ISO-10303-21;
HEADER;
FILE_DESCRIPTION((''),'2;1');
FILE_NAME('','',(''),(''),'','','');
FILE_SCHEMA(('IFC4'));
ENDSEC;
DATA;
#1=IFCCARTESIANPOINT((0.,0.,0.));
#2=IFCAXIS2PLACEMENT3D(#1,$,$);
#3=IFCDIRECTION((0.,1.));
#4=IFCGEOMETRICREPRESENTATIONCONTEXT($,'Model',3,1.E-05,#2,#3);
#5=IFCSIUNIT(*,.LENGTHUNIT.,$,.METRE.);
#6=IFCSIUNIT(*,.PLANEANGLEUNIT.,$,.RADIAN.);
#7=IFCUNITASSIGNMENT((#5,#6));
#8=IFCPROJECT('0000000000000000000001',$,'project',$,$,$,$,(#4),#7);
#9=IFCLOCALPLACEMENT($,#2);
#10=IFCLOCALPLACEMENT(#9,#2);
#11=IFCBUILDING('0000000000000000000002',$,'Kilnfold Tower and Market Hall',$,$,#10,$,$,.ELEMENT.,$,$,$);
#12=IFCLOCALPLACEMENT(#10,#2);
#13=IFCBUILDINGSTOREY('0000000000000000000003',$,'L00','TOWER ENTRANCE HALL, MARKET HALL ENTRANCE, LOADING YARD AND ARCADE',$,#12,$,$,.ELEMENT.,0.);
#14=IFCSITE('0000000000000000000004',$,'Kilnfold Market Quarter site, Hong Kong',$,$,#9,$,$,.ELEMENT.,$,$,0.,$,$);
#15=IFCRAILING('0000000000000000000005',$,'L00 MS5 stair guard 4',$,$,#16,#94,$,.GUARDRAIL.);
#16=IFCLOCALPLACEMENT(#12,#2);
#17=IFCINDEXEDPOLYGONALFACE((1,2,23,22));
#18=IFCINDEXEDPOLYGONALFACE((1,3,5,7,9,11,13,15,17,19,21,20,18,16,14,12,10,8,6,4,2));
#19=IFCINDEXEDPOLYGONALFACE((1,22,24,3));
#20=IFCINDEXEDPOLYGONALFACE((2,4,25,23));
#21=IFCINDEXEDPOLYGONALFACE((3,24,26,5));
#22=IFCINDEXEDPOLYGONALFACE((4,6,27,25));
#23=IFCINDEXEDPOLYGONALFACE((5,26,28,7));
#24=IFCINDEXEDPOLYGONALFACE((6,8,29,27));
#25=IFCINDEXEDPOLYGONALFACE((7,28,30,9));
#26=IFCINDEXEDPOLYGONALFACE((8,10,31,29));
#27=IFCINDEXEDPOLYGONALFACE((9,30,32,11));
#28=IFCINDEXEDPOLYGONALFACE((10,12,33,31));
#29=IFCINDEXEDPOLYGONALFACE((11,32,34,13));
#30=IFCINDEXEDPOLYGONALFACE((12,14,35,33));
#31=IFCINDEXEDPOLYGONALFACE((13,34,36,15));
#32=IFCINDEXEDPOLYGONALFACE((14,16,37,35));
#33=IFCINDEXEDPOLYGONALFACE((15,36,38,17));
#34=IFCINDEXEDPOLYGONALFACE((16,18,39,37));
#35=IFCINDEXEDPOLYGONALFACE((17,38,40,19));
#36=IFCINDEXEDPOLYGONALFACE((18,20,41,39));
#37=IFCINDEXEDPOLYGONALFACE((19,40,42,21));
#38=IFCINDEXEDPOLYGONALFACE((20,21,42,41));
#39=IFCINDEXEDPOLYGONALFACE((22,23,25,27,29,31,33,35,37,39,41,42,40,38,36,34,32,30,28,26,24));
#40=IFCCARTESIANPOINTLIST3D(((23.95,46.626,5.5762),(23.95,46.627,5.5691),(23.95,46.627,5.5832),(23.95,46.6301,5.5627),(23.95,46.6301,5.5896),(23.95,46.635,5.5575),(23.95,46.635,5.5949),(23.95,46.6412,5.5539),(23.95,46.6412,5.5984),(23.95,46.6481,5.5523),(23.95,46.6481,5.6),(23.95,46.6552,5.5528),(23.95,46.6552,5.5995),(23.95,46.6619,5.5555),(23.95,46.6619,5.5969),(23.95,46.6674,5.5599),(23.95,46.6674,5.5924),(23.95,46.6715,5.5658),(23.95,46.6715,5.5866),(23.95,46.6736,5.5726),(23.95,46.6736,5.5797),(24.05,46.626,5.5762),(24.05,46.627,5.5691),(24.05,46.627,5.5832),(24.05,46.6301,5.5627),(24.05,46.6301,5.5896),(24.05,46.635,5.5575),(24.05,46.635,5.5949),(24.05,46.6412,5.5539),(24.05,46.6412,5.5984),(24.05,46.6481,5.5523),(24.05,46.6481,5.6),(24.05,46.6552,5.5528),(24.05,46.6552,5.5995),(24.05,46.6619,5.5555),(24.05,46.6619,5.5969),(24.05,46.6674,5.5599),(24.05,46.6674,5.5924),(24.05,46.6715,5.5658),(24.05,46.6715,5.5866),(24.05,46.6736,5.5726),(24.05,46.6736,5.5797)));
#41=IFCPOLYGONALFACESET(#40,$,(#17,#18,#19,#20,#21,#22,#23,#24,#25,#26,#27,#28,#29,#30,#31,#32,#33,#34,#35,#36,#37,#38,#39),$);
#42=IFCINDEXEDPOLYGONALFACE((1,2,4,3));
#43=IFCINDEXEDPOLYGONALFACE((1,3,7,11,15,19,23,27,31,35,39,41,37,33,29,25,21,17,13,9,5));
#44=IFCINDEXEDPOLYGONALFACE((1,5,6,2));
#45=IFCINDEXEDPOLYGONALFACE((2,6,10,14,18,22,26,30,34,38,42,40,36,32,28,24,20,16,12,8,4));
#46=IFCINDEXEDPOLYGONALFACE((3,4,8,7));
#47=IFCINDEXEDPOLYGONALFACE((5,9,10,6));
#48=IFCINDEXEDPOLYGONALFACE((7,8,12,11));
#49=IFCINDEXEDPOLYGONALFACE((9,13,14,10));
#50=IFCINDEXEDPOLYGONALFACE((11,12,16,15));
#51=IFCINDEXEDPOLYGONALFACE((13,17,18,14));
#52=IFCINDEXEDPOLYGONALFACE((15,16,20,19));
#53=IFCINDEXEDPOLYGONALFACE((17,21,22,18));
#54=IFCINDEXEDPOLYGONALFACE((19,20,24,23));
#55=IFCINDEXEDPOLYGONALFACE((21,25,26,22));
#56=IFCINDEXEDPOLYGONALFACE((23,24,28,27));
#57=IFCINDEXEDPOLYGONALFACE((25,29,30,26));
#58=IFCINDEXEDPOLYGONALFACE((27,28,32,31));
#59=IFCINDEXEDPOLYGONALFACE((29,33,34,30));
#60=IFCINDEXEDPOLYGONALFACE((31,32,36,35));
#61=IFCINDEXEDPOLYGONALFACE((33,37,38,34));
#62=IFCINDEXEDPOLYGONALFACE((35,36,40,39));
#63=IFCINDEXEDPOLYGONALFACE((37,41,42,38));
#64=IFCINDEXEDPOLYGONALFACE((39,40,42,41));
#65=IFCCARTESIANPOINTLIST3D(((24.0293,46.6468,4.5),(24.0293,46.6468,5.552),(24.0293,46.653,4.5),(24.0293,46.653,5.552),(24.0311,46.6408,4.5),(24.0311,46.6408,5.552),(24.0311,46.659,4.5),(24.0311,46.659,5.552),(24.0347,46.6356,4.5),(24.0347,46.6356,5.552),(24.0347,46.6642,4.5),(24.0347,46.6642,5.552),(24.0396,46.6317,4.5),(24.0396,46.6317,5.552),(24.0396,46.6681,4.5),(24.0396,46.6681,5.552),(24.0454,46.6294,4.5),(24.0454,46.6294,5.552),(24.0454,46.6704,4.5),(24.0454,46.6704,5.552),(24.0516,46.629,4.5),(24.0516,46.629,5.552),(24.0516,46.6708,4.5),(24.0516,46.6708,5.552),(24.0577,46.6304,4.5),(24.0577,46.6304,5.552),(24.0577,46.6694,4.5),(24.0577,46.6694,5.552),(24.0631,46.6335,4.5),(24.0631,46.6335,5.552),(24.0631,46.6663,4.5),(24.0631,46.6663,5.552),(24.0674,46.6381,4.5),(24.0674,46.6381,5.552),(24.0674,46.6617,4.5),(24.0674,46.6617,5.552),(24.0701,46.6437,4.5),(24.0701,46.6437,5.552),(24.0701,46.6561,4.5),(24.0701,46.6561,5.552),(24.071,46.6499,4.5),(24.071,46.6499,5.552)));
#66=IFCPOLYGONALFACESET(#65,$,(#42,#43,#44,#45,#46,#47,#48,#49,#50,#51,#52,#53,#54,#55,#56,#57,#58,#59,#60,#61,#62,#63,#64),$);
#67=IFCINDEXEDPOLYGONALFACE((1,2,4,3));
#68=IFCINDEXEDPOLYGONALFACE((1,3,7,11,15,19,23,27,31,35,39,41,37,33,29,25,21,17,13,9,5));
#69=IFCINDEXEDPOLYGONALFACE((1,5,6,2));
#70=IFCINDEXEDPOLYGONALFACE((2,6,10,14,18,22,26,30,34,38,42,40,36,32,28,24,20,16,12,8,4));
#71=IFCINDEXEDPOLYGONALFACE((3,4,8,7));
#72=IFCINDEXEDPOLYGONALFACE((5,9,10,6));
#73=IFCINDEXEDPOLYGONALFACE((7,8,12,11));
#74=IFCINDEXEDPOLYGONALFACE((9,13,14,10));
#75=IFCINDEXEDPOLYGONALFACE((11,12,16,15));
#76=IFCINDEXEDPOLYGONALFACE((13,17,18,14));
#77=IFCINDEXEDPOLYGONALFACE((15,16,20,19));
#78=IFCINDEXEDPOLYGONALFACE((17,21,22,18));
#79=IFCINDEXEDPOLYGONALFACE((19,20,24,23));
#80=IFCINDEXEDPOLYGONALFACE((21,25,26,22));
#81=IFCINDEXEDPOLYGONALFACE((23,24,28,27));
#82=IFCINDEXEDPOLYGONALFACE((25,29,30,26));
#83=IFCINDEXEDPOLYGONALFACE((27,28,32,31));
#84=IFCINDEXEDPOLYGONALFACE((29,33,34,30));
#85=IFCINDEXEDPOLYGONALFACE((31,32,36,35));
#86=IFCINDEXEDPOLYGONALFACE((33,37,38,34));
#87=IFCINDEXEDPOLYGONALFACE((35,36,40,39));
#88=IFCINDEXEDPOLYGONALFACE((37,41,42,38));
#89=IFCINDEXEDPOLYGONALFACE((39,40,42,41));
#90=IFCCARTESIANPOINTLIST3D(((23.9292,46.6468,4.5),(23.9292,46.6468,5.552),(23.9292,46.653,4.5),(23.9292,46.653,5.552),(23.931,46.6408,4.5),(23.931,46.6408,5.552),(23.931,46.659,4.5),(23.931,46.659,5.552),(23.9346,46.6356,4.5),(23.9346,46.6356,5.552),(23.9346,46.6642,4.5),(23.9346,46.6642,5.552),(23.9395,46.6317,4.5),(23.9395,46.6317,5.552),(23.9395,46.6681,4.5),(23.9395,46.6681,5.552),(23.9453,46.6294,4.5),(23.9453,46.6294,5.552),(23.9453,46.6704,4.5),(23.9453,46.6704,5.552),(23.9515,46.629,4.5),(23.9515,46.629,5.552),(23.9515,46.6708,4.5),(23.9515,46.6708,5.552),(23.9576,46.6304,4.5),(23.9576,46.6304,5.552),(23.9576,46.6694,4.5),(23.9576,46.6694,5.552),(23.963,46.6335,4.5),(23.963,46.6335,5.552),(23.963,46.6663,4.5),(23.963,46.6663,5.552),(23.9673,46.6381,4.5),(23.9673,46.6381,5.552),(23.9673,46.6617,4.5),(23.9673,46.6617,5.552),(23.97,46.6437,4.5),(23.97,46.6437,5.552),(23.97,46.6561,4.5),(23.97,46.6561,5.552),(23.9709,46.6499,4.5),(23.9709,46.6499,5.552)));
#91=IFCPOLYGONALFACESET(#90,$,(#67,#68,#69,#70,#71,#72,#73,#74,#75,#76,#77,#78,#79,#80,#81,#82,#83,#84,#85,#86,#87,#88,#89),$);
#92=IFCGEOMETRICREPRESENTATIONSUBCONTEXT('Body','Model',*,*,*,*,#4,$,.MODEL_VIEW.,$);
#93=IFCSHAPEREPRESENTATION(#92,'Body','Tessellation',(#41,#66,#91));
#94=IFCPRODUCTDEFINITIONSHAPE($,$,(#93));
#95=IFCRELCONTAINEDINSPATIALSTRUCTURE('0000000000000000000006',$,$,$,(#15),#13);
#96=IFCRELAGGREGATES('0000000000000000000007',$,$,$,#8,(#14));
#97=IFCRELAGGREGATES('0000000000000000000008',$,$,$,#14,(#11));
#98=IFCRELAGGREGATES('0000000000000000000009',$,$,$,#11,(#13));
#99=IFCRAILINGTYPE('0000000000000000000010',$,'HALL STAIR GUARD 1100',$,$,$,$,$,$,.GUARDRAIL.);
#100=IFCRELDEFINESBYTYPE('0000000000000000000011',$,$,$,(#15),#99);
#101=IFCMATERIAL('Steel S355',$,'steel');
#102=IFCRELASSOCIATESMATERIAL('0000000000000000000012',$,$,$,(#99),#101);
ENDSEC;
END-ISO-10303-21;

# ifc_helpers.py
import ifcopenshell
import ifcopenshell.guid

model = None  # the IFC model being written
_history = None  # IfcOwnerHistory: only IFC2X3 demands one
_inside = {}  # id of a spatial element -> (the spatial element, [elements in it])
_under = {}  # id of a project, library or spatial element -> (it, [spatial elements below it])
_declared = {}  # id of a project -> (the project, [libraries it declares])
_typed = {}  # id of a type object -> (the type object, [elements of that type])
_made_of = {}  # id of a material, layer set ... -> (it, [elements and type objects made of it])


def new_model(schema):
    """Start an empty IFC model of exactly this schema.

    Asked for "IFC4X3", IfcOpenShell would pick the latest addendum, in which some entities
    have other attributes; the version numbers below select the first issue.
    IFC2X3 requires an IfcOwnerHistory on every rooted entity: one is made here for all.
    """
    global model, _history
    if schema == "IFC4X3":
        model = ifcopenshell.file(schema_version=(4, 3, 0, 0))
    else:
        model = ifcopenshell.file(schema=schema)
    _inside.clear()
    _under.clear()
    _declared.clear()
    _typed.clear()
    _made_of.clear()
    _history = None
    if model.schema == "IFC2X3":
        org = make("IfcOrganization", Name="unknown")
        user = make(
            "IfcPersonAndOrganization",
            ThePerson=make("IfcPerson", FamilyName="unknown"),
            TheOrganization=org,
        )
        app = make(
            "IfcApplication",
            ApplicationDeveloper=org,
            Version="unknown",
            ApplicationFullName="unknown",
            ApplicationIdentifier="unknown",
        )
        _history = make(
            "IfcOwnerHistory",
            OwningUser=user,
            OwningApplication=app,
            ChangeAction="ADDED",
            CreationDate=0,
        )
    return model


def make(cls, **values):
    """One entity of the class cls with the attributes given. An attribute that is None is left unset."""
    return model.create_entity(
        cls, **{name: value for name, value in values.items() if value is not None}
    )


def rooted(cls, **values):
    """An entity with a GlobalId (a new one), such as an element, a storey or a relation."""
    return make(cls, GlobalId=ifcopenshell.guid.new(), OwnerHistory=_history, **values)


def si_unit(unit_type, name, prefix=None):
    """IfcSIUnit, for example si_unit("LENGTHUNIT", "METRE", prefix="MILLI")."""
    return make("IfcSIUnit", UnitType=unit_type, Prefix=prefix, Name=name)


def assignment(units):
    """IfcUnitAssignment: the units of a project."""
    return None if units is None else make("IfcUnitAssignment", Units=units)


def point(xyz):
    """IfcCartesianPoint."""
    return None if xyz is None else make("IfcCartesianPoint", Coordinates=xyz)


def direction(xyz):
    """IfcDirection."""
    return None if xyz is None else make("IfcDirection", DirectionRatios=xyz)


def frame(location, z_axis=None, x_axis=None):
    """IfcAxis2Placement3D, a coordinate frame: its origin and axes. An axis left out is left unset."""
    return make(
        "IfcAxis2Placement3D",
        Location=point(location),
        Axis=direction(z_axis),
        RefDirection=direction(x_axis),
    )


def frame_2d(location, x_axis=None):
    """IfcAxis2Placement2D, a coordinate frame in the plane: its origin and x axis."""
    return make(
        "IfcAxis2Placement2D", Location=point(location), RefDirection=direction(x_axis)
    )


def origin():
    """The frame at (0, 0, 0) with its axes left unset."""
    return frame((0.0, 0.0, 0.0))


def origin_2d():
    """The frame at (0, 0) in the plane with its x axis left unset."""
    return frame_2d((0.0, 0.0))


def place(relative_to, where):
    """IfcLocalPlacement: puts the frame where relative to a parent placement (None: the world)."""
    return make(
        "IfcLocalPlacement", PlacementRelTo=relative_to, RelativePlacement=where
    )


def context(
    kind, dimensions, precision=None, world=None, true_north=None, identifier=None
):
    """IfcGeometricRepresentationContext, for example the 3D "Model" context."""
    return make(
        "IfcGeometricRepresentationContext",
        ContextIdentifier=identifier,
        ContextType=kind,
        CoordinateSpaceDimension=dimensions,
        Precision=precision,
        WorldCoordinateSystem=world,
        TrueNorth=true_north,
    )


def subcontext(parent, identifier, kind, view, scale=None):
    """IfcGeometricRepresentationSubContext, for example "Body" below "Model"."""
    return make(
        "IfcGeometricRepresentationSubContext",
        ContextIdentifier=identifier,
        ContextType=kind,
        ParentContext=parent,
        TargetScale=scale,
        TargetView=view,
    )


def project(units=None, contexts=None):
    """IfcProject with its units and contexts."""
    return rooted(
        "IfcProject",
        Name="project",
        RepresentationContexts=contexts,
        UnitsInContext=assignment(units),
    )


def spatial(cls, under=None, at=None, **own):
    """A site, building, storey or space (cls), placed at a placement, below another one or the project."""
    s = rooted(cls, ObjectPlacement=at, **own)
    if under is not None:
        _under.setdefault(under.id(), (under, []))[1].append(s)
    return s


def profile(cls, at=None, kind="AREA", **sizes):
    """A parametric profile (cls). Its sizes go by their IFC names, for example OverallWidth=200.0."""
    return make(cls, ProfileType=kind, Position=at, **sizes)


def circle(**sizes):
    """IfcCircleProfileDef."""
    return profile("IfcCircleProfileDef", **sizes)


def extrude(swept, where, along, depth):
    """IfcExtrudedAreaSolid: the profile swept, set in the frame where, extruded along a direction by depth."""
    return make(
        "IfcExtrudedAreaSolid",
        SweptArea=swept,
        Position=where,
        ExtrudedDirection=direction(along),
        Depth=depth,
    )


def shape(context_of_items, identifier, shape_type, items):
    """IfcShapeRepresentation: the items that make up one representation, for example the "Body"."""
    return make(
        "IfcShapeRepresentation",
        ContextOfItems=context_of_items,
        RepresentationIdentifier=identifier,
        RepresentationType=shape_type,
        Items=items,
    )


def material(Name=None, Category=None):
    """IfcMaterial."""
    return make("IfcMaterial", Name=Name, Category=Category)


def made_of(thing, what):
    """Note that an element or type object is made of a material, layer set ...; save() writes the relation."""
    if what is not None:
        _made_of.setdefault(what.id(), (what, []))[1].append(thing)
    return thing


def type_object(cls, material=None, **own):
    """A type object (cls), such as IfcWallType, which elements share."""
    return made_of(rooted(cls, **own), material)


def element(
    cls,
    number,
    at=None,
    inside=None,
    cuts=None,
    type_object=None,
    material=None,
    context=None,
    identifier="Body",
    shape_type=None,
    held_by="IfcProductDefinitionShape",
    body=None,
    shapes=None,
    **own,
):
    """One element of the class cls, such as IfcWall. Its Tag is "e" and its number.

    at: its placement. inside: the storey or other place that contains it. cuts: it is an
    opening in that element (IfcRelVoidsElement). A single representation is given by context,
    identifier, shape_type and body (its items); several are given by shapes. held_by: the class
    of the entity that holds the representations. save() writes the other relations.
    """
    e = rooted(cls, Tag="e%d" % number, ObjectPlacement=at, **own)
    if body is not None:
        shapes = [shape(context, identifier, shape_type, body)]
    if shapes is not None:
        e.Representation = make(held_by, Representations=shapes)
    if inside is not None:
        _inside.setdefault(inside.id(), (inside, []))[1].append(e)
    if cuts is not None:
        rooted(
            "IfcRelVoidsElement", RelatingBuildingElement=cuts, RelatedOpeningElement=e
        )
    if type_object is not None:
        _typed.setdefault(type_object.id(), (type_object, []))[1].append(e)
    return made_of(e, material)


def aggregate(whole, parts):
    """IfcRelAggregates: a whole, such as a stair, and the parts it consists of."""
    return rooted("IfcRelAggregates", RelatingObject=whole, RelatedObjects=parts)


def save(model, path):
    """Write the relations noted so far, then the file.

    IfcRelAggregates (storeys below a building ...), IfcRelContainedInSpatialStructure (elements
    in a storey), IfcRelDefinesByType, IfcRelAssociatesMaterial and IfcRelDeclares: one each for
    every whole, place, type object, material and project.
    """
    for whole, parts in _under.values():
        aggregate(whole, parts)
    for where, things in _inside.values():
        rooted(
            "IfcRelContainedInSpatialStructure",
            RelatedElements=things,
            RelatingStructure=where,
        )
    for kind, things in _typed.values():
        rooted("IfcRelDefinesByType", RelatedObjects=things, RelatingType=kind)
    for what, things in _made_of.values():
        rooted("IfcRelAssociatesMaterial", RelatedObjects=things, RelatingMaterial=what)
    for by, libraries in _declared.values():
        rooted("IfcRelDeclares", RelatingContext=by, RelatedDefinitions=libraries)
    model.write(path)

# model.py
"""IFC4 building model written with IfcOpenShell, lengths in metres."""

from ifc_helpers import new_model, si_unit, direction, frame, origin, origin_2d, place, context, subcontext, project, spatial, circle, extrude, material, type_object, element, save


model = new_model("IFC4")

# Units and contexts
model_context = context("Model", 3, precision=1e-05, world=origin(), true_north=direction((0.0, 1.0)))
body_context = subcontext(model_context, "Body", "Model", "MODEL_VIEW")
ifc_project = project(units=[si_unit("LENGTHUNIT", "METRE"), si_unit("PLANEANGLEUNIT", "RADIAN")], contexts=[model_context])

# Site, building, storey
site_placement = place(None, origin())
site = spatial("IfcSite", under=ifc_project, at=site_placement, Name="Kilnfold Market Quarter site, Hong Kong", CompositionType="ELEMENT", RefElevation=0.0)
building_placement = place(site_placement, origin())
building = spatial("IfcBuilding", under=site, at=building_placement, Name="Kilnfold Tower and Market Hall", CompositionType="ELEMENT")
storey_placement = place(building_placement, origin())
storey = spatial("IfcBuildingStorey", under=building, at=storey_placement, Name="L00", Description="TOWER ENTRANCE HALL, MARKET HALL ENTRANCE, LOADING YARD AND ARCADE", CompositionType="ELEMENT", Elevation=0.0)

# Railing
ifc_material_1 = material(Name="Steel S355", Category="steel")
railing_type_1 = type_object("IfcRailingType", Name="HALL STAIR GUARD 1100", PredefinedType="GUARDRAIL", material=ifc_material_1)
railing_1_placement = place(storey_placement, frame((24.05, 46.6499, 4.5)))
element("IfcRailing", 1, at=railing_1_placement, inside=storey, type_object=railing_type_1, Name="L00 MS5 stair guard 4", PredefinedType="GUARDRAIL", context=body_context, shape_type="SweptSolid", body=[
    extrude(circle(Radius=0.0239, at=origin_2d()), frame((0.0, 0.0, 1.0762), z_axis=(-1.0, 0.0, 0.0), x_axis=(0.0, -1.0, 0.0)), (0.0, 0.0, 1.0), 0.1001),
    extrude(circle(Radius=0.021, at=origin_2d()), origin(), (0.0, 0.0, 1.0), 1.052),
    extrude(circle(Radius=0.021, at=origin_2d()), frame((-0.1001, 0.0, 0.0)), (0.0, 0.0, 1.0), 1.052),
])

save(model, "model.ifc")
